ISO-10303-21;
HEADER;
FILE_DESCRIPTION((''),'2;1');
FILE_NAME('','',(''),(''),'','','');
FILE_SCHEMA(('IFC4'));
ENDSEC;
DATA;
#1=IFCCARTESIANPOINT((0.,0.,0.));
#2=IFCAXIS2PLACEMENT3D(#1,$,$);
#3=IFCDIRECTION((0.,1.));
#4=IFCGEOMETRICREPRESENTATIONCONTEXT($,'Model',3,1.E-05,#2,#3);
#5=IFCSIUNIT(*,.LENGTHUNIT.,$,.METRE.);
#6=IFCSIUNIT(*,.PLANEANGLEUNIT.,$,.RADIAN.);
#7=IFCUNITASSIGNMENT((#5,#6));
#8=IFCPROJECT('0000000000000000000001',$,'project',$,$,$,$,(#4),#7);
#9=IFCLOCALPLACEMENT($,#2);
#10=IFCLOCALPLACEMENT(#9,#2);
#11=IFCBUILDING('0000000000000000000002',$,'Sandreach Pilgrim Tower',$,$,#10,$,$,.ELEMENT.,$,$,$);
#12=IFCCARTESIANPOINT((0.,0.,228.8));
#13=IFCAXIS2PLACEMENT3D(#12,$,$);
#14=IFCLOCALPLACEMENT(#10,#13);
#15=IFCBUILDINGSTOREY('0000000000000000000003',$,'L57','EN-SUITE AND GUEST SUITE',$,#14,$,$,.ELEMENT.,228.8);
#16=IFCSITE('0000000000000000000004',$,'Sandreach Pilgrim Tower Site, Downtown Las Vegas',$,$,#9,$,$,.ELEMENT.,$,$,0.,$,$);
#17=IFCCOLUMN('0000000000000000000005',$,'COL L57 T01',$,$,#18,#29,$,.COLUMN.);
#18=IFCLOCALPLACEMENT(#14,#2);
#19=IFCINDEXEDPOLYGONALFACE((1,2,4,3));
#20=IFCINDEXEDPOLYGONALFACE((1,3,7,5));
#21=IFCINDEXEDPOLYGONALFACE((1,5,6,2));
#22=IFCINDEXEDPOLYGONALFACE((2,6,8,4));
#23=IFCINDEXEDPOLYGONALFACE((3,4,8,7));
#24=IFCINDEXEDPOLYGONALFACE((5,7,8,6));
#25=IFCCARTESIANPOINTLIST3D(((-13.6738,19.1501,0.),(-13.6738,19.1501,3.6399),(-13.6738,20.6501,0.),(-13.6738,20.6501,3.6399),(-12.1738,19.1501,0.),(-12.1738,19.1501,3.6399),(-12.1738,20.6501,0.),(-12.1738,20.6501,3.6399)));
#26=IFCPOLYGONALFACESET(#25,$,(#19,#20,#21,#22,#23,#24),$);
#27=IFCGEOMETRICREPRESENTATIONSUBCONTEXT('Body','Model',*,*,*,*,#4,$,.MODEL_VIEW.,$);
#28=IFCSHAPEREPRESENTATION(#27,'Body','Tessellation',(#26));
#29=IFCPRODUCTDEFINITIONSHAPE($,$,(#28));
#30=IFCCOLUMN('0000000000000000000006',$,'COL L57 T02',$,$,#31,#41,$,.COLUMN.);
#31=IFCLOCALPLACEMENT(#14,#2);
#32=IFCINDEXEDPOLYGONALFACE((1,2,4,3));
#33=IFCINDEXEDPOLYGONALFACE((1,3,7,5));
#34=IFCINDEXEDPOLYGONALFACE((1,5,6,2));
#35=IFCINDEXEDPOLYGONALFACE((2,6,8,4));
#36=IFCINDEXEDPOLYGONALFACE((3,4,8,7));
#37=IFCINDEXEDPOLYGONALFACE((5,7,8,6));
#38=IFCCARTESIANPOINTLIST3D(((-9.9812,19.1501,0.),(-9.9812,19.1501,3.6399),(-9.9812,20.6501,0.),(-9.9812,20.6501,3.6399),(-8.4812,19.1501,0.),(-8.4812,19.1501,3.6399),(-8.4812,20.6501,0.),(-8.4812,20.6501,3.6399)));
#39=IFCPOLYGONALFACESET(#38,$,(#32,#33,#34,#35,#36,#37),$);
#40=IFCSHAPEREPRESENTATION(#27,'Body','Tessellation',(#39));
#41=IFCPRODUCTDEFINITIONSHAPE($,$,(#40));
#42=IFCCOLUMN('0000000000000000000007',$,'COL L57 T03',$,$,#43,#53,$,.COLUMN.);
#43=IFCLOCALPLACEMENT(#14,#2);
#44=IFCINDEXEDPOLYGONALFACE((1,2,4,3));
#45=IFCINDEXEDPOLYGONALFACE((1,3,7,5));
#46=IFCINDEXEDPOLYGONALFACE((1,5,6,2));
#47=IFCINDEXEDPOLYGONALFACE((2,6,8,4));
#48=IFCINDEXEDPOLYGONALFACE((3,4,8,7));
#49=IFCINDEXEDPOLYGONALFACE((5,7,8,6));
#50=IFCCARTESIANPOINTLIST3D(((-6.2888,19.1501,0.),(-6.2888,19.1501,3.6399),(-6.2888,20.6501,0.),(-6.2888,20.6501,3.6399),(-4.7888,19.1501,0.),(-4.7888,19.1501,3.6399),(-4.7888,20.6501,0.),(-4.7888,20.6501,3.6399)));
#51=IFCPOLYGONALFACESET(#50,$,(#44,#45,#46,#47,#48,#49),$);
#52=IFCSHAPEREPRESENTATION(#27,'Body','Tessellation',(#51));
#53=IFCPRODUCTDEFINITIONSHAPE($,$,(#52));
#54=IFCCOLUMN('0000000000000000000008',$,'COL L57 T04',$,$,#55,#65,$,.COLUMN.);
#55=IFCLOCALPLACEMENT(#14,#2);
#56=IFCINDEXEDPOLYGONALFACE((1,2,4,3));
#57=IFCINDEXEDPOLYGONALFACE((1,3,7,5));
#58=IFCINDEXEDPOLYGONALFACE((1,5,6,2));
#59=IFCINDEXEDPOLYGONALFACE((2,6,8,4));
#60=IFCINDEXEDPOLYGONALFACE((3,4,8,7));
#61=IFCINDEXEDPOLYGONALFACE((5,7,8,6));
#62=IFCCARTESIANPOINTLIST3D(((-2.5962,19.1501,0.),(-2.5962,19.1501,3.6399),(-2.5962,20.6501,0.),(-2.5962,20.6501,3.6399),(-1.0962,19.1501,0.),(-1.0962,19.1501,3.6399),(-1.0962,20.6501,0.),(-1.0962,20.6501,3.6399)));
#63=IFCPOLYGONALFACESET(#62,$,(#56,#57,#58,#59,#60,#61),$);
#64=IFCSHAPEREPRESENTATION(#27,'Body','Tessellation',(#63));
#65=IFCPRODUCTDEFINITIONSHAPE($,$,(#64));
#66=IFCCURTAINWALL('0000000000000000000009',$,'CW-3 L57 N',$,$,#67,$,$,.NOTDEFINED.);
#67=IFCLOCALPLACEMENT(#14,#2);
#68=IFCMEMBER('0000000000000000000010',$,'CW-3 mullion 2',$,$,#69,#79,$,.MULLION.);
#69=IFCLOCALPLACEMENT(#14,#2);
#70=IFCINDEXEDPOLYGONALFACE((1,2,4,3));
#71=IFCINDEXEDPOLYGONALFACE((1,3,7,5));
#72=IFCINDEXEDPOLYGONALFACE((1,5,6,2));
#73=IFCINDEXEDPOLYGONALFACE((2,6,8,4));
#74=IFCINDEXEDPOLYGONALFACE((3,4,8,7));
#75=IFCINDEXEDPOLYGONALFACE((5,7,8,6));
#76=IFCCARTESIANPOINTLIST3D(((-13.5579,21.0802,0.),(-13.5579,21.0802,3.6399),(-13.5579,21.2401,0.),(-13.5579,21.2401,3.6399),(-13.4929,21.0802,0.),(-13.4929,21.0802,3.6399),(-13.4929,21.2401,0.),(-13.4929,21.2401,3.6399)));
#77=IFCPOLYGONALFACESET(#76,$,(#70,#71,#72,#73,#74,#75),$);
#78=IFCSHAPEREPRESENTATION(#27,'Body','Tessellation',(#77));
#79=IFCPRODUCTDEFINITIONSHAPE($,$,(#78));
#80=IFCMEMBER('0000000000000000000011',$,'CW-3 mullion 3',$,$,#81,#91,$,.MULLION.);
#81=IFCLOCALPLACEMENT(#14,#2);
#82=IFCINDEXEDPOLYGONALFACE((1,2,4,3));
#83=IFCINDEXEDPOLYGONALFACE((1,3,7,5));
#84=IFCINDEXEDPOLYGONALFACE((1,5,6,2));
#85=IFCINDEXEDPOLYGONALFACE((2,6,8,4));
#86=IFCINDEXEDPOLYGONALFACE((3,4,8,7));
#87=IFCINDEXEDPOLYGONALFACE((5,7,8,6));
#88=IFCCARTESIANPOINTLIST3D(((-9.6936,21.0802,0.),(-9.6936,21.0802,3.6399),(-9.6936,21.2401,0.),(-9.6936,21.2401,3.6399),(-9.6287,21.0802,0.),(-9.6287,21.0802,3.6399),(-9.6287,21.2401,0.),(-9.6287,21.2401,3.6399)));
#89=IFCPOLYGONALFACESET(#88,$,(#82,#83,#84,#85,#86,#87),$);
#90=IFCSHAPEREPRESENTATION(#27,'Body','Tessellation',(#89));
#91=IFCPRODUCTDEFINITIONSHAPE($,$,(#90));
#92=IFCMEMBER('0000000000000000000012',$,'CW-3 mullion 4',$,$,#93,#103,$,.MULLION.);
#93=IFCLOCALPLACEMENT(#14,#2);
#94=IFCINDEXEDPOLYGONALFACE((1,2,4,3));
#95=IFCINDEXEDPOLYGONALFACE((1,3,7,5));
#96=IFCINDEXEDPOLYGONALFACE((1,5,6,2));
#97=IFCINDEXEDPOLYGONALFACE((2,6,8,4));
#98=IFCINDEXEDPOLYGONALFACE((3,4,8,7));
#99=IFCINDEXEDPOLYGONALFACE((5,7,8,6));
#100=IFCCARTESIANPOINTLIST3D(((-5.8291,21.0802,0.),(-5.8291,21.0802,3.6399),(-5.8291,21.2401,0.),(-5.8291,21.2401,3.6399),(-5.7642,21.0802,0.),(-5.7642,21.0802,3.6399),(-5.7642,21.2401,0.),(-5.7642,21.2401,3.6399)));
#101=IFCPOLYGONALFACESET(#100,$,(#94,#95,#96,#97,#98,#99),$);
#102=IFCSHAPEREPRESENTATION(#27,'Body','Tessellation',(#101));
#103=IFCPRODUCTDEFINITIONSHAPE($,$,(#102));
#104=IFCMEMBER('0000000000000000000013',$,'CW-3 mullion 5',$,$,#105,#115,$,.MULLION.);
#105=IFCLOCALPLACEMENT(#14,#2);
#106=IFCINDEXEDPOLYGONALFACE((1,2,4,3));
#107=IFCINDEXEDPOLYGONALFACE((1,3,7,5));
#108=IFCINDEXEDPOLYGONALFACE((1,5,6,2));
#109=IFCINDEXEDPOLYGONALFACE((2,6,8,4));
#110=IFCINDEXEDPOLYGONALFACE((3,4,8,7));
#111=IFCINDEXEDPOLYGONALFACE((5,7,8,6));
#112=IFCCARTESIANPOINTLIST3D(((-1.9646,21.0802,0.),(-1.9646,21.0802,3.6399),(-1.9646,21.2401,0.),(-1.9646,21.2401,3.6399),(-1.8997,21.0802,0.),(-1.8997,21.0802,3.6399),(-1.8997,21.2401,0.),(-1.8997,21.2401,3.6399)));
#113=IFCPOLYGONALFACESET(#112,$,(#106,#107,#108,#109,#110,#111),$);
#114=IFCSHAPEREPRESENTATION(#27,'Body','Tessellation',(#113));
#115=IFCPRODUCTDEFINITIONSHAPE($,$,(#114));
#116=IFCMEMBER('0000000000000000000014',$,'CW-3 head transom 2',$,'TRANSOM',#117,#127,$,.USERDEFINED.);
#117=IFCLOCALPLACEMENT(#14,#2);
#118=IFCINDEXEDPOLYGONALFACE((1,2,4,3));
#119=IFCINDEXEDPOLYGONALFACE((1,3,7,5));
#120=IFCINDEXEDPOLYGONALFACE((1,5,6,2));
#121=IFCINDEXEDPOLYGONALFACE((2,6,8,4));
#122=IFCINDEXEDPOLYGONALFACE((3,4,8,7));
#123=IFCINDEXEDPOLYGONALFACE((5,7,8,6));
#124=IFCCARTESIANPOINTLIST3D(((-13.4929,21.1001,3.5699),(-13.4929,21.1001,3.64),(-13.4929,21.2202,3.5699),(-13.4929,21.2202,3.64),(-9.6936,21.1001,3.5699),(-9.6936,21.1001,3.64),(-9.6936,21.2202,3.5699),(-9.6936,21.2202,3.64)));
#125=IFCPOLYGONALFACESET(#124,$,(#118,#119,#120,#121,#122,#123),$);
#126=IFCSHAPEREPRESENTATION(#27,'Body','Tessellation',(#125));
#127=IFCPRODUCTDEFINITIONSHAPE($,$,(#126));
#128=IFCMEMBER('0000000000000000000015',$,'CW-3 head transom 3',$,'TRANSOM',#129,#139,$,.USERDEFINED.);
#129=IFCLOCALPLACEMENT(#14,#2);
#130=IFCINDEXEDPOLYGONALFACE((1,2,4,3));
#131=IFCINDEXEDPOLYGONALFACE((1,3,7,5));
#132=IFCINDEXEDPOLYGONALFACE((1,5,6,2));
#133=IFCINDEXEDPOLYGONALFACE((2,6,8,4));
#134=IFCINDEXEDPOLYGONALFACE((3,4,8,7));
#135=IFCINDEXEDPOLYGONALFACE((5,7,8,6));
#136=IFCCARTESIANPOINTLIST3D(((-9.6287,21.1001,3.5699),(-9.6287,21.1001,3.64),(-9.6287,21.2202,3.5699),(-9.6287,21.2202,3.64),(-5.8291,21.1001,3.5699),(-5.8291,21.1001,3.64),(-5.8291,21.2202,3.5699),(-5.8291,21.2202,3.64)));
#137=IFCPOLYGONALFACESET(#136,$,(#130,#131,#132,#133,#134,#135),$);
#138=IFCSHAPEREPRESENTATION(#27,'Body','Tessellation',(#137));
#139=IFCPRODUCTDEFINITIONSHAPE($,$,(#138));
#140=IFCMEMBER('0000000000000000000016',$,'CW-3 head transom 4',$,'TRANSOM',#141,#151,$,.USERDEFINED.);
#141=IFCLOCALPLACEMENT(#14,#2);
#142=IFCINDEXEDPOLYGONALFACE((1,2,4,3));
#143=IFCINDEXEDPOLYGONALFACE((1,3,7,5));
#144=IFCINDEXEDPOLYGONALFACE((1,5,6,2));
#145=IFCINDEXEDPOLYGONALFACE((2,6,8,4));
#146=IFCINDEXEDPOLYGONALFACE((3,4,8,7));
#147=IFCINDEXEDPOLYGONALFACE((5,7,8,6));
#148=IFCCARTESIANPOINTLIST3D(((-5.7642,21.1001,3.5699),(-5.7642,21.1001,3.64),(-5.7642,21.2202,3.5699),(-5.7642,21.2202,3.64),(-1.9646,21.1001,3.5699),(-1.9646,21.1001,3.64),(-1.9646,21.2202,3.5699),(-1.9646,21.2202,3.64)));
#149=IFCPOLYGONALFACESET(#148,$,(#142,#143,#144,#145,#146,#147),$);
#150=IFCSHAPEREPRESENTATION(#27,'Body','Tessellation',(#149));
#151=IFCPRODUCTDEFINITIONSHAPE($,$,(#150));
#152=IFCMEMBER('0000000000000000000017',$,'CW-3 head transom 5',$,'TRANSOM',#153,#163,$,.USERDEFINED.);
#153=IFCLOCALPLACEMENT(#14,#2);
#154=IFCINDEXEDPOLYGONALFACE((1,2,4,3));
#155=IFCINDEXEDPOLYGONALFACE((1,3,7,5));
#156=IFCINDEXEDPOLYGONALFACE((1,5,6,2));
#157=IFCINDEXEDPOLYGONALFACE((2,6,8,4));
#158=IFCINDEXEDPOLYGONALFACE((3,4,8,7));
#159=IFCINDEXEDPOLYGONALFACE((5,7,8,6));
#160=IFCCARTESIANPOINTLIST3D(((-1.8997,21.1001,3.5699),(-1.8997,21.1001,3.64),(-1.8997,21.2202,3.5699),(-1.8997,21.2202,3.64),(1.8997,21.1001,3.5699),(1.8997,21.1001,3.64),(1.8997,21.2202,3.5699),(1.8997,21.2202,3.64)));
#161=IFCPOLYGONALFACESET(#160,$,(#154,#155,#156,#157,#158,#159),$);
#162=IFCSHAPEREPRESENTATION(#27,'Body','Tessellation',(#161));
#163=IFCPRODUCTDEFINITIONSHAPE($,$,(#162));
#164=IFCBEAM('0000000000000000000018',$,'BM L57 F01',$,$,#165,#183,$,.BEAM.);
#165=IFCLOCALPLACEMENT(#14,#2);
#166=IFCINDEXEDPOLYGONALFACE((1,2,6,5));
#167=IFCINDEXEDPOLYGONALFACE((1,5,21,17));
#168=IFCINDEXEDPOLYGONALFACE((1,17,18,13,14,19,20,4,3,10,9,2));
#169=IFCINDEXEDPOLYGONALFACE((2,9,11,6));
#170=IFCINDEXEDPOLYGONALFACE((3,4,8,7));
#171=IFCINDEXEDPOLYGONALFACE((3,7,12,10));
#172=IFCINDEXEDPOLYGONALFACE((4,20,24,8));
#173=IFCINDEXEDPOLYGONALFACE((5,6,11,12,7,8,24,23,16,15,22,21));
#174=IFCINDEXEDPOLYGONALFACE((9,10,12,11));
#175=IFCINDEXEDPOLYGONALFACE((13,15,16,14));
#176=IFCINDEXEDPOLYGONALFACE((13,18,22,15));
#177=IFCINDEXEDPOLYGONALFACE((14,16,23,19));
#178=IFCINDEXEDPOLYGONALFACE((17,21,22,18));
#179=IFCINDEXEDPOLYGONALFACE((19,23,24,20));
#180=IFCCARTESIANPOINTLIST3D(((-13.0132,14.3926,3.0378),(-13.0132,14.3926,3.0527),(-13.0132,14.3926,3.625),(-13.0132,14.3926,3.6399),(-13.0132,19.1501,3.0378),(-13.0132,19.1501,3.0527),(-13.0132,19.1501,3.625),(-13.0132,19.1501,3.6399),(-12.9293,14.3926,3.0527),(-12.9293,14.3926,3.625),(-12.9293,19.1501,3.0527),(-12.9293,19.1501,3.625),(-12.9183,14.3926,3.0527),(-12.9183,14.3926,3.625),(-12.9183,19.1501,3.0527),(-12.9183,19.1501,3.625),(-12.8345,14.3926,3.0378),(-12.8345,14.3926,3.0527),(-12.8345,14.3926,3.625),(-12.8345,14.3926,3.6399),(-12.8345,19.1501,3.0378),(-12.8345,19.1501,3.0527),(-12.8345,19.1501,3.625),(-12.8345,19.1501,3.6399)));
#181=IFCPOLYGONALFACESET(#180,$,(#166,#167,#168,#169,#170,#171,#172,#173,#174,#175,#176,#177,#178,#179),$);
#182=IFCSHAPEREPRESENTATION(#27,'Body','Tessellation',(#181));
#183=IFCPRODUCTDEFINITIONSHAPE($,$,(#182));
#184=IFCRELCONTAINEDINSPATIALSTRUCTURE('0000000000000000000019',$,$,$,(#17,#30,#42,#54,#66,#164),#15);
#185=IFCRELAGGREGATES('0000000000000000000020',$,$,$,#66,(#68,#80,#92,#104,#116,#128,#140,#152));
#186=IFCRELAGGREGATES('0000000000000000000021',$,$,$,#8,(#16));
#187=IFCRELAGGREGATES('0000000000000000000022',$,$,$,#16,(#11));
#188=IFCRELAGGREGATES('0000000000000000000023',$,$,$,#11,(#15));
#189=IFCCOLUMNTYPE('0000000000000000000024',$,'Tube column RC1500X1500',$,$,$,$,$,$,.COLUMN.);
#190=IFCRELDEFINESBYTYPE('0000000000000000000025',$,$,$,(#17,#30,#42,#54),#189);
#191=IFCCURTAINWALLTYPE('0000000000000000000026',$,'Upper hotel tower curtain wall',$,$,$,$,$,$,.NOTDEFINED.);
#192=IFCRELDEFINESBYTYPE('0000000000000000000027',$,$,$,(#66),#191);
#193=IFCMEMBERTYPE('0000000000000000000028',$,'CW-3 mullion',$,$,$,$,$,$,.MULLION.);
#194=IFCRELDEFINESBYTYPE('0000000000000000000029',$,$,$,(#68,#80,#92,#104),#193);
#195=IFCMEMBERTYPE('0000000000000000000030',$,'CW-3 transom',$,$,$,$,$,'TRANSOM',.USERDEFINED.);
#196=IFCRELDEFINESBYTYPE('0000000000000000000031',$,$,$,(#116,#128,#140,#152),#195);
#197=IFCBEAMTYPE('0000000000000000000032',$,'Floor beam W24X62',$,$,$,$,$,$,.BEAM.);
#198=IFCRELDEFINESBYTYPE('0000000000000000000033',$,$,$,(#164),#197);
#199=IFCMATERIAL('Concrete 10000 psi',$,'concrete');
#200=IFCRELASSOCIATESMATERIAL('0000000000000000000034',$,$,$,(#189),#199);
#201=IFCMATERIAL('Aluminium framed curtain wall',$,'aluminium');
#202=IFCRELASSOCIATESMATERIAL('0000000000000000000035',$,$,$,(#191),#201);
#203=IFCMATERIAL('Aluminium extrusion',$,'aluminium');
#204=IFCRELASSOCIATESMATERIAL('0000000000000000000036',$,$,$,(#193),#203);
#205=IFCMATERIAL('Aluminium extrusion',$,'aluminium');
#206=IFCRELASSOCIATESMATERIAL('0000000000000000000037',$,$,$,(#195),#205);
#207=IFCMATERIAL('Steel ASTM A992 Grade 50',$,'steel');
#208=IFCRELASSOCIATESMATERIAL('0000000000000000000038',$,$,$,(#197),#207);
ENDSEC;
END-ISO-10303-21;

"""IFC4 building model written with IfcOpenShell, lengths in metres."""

from ifc_helpers import new_model, si_unit, direction, frame, origin, origin_2d, place, context, subcontext, project, spatial, rectangle, i_section, extrude, clip, halfspace, material, material_profile, profile_set, type_object, element, aggregate, save


model = new_model("IFC4")

# Units and contexts
model_context = context("Model", 3, precision=1e-05, world=origin(), true_north=direction((0.0, 1.0)))
body_context = subcontext(model_context, "Body", "Model", "MODEL_VIEW")
ifc_project = project(units=[si_unit("LENGTHUNIT", "METRE"), si_unit("PLANEANGLEUNIT", "RADIAN")], contexts=[model_context])

# Site, building, storey
site_placement = place(None, origin())
site = spatial("IfcSite", under=ifc_project, at=site_placement, Name="Sandreach Pilgrim Tower Site, Downtown Las Vegas", CompositionType="ELEMENT", RefElevation=0.0)
building_placement = place(site_placement, origin())
building = spatial("IfcBuilding", under=site, at=building_placement, Name="Sandreach Pilgrim Tower", CompositionType="ELEMENT")
storey_placement = place(building_placement, frame((0.0, 0.0, 228.8)))
storey = spatial("IfcBuildingStorey", under=building, at=storey_placement, Name="L57", Description="EN-SUITE AND GUEST SUITE", CompositionType="ELEMENT", Elevation=228.8)

# Columns
ifc_material_1 = material(Name="Concrete 10000 psi", Category="concrete")
ifc_material_profile_1 = material_profile(ifc_material_1, rectangle(XDim=1.5, YDim=1.5, at=origin_2d()), Name="RC1500X1500")
ifc_profile_set_1 = profile_set([ifc_material_profile_1], Name="Concrete 10000 psi")
column_type = type_object("IfcColumnType", Name="Tube column RC1500X1500", PredefinedType="COLUMN", material=ifc_profile_set_1)
column_1_placement = place(storey_placement, frame((-12.9238, 19.9001, 0.0), z_axis=(0.0, 0.0, 1.0), x_axis=(0.0, 1.0, 0.0)))
element("IfcColumn", 1, at=column_1_placement, inside=storey, type_object=column_type, Name="COL L57 T01", PredefinedType="COLUMN", context=body_context, shape_type="SweptSolid", body=[
    clip(extrude(rectangle(XDim=1.5, YDim=1.5, at=origin_2d()), origin(), (0.0, 0.0, 1.0), 3.7324), halfspace(frame((0.0, 0.0, 3.6399)), False)),
])
column_2_placement = place(storey_placement, frame((-9.2312, 19.9001, 0.0), z_axis=(0.0, 0.0, 1.0), x_axis=(0.0, 1.0, 0.0)))
element("IfcColumn", 2, at=column_2_placement, inside=storey, type_object=column_type, Name="COL L57 T02", PredefinedType="COLUMN", context=body_context, shape_type="SweptSolid", body=[
    clip(extrude(rectangle(XDim=1.5, YDim=1.5, at=origin_2d()), origin(), (0.0, 0.0, 1.0), 3.74), halfspace(frame((0.0, 0.0, 3.6399)), False)),
])
column_3_placement = place(storey_placement, frame((-5.5388, 19.9001, 0.0), z_axis=(0.0, 0.0, 1.0), x_axis=(0.0, 1.0, 0.0)))
element("IfcColumn", 3, at=column_3_placement, inside=storey, type_object=column_type, Name="COL L57 T03", PredefinedType="COLUMN", context=body_context, shape_type="SweptSolid", body=[
    clip(extrude(rectangle(XDim=1.5, YDim=1.5, at=origin_2d()), origin(), (0.0, 0.0, 1.0), 3.7476), halfspace(frame((0.0, 0.0, 3.6399)), False)),
])
column_4_placement = place(storey_placement, frame((-1.8462, 19.9001, 0.0), z_axis=(0.0, 0.0, 1.0), x_axis=(0.0, 1.0, 0.0)))
element("IfcColumn", 4, at=column_4_placement, inside=storey, type_object=column_type, Name="COL L57 T04", PredefinedType="COLUMN", context=body_context, shape_type="SweptSolid", body=[
    clip(extrude(rectangle(XDim=1.5, YDim=1.5, at=origin_2d()), origin(), (0.0, 0.0, 1.0), 3.7551), halfspace(frame((0.0, 0.0, 3.6399)), False)),
])

# Curtain wall, members
ifc_material_2 = material(Name="Aluminium framed curtain wall", Category="aluminium")
curtain_wall_type = type_object("IfcCurtainWallType", Name="Upper hotel tower curtain wall", PredefinedType="NOTDEFINED", material=ifc_material_2)
curtain_wall_placement = place(storey_placement, origin())
curtain_wall = element("IfcCurtainWall", 5, at=curtain_wall_placement, inside=storey, type_object=curtain_wall_type, Name="CW-3 L57 N", PredefinedType="NOTDEFINED")
ifc_material_3 = material(Name="Aluminium extrusion", Category="aluminium")
ifc_material_profile_2 = material_profile(ifc_material_3, rectangle(XDim=0.0649, YDim=0.1599, at=origin_2d()), Name="CW-3M 65X160")
ifc_profile_set_2 = profile_set([ifc_material_profile_2], Name="Aluminium extrusion")
member_type_1 = type_object("IfcMemberType", Name="CW-3 mullion", PredefinedType="MULLION", material=ifc_profile_set_2)
member_1_placement = place(storey_placement, frame((-13.5254, 21.1602, 0.0), z_axis=(0.0, 0.0, 1.0), x_axis=(1.0, 0.0, 0.0)))
member_1 = element("IfcMember", 6, at=member_1_placement, type_object=member_type_1, Name="CW-3 mullion 2", PredefinedType="MULLION", context=body_context, shape_type="SweptSolid", body=[
    extrude(rectangle(XDim=0.0649, YDim=0.1599, at=origin_2d()), origin(), (0.0, 0.0, 1.0), 3.6399),
])
member_2_placement = place(storey_placement, frame((-9.6611, 21.1602, 0.0), z_axis=(0.0, 0.0, 1.0), x_axis=(1.0, 0.0, 0.0)))
member_2 = element("IfcMember", 7, at=member_2_placement, type_object=member_type_1, Name="CW-3 mullion 3", PredefinedType="MULLION", context=body_context, shape_type="SweptSolid", body=[
    extrude(rectangle(XDim=0.0649, YDim=0.1599, at=origin_2d()), origin(), (0.0, 0.0, 1.0), 3.6399),
])
member_3_placement = place(storey_placement, frame((-5.7966, 21.1602, 0.0), z_axis=(0.0, 0.0, 1.0), x_axis=(1.0, 0.0, 0.0)))
member_3 = element("IfcMember", 8, at=member_3_placement, type_object=member_type_1, Name="CW-3 mullion 4", PredefinedType="MULLION", context=body_context, shape_type="SweptSolid", body=[
    extrude(rectangle(XDim=0.0649, YDim=0.1599, at=origin_2d()), origin(), (0.0, 0.0, 1.0), 3.6399),
])
member_4_placement = place(storey_placement, frame((-1.9321, 21.1602, 0.0), z_axis=(0.0, 0.0, 1.0), x_axis=(1.0, 0.0, 0.0)))
member_4 = element("IfcMember", 9, at=member_4_placement, type_object=member_type_1, Name="CW-3 mullion 5", PredefinedType="MULLION", context=body_context, shape_type="SweptSolid", body=[
    extrude(rectangle(XDim=0.0649, YDim=0.1599, at=origin_2d()), origin(), (0.0, 0.0, 1.0), 3.6399),
])
ifc_material_4 = material(Name="Aluminium extrusion", Category="aluminium")
ifc_material_profile_3 = material_profile(ifc_material_4, rectangle(XDim=0.1201, YDim=0.0701, at=origin_2d()), Name="CW-3T 120X70")
ifc_profile_set_3 = profile_set([ifc_material_profile_3], Name="Aluminium extrusion")
member_type_2 = type_object("IfcMemberType", Name="CW-3 transom", ElementType="TRANSOM", PredefinedType="USERDEFINED", material=ifc_profile_set_3)
member_5_placement = place(storey_placement, frame((-13.4929, 21.1602, 3.605), z_axis=(1.0, 0.0, 0.0), x_axis=(0.0, 1.0, 0.0)))
member_5 = element("IfcMember", 10, at=member_5_placement, type_object=member_type_2, Name="CW-3 head transom 2", ObjectType="TRANSOM", PredefinedType="USERDEFINED", context=body_context, shape_type="SweptSolid", body=[
    extrude(rectangle(XDim=0.1201, YDim=0.0701, at=origin_2d()), origin(), (0.0, 0.0, 1.0), 3.7993),
])
member_6_placement = place(storey_placement, frame((-9.6287, 21.1602, 3.605), z_axis=(1.0, 0.0, 0.0), x_axis=(0.0, 1.0, 0.0)))
member_6 = element("IfcMember", 11, at=member_6_placement, type_object=member_type_2, Name="CW-3 head transom 3", ObjectType="TRANSOM", PredefinedType="USERDEFINED", context=body_context, shape_type="SweptSolid", body=[
    extrude(rectangle(XDim=0.1201, YDim=0.0701, at=origin_2d()), origin(), (0.0, 0.0, 1.0), 3.7996),
])
member_7_placement = place(storey_placement, frame((-5.7642, 21.1602, 3.605), z_axis=(1.0, 0.0, 0.0), x_axis=(0.0, 1.0, 0.0)))
member_7 = element("IfcMember", 12, at=member_7_placement, type_object=member_type_2, Name="CW-3 head transom 4", ObjectType="TRANSOM", PredefinedType="USERDEFINED", context=body_context, shape_type="SweptSolid", body=[
    extrude(rectangle(XDim=0.1201, YDim=0.0701, at=origin_2d()), origin(), (0.0, 0.0, 1.0), 3.7996),
])
member_8_placement = place(storey_placement, frame((-1.8997, 21.1602, 3.605), z_axis=(1.0, 0.0, 0.0), x_axis=(0.0, 1.0, 0.0)))
member_8 = element("IfcMember", 13, at=member_8_placement, type_object=member_type_2, Name="CW-3 head transom 5", ObjectType="TRANSOM", PredefinedType="USERDEFINED", context=body_context, shape_type="SweptSolid", body=[
    extrude(rectangle(XDim=0.1201, YDim=0.0701, at=origin_2d()), origin(), (0.0, 0.0, 1.0), 3.7993),
])

# Beam
ifc_material_5 = material(Name="Steel ASTM A992 Grade 50", Category="steel")
ifc_material_profile_4 = material_profile(ifc_material_5, i_section(OverallWidth=0.1787, OverallDepth=0.6021, WebThickness=0.011, FlangeThickness=0.0149, at=origin_2d()), Name="W24X62")
ifc_profile_set_4 = profile_set([ifc_material_profile_4], Name="Steel ASTM A992 Grade 50")
beam_type_1 = type_object("IfcBeamType", Name="Floor beam W24X62", PredefinedType="BEAM", material=ifc_profile_set_4)
beam_1_placement = place(storey_placement, frame((-12.9238, 19.1501, 3.3389), z_axis=(0.0, -1.0, 0.0), x_axis=(1.0, 0.0, 0.0)))
element("IfcBeam", 14, at=beam_1_placement, inside=storey, type_object=beam_type_1, Name="BM L57 F01", PredefinedType="BEAM", context=body_context, shape_type="SweptSolid", body=[
    extrude(i_section(OverallWidth=0.1787, OverallDepth=0.6021, WebThickness=0.011, FlangeThickness=0.0149, at=origin_2d()), origin(), (0.0, 0.0, 1.0), 4.7576),
])

aggregate(curtain_wall, [member_1, member_2, member_3, member_4, member_5, member_6, member_7, member_8])

save(model, "model.ifc")
